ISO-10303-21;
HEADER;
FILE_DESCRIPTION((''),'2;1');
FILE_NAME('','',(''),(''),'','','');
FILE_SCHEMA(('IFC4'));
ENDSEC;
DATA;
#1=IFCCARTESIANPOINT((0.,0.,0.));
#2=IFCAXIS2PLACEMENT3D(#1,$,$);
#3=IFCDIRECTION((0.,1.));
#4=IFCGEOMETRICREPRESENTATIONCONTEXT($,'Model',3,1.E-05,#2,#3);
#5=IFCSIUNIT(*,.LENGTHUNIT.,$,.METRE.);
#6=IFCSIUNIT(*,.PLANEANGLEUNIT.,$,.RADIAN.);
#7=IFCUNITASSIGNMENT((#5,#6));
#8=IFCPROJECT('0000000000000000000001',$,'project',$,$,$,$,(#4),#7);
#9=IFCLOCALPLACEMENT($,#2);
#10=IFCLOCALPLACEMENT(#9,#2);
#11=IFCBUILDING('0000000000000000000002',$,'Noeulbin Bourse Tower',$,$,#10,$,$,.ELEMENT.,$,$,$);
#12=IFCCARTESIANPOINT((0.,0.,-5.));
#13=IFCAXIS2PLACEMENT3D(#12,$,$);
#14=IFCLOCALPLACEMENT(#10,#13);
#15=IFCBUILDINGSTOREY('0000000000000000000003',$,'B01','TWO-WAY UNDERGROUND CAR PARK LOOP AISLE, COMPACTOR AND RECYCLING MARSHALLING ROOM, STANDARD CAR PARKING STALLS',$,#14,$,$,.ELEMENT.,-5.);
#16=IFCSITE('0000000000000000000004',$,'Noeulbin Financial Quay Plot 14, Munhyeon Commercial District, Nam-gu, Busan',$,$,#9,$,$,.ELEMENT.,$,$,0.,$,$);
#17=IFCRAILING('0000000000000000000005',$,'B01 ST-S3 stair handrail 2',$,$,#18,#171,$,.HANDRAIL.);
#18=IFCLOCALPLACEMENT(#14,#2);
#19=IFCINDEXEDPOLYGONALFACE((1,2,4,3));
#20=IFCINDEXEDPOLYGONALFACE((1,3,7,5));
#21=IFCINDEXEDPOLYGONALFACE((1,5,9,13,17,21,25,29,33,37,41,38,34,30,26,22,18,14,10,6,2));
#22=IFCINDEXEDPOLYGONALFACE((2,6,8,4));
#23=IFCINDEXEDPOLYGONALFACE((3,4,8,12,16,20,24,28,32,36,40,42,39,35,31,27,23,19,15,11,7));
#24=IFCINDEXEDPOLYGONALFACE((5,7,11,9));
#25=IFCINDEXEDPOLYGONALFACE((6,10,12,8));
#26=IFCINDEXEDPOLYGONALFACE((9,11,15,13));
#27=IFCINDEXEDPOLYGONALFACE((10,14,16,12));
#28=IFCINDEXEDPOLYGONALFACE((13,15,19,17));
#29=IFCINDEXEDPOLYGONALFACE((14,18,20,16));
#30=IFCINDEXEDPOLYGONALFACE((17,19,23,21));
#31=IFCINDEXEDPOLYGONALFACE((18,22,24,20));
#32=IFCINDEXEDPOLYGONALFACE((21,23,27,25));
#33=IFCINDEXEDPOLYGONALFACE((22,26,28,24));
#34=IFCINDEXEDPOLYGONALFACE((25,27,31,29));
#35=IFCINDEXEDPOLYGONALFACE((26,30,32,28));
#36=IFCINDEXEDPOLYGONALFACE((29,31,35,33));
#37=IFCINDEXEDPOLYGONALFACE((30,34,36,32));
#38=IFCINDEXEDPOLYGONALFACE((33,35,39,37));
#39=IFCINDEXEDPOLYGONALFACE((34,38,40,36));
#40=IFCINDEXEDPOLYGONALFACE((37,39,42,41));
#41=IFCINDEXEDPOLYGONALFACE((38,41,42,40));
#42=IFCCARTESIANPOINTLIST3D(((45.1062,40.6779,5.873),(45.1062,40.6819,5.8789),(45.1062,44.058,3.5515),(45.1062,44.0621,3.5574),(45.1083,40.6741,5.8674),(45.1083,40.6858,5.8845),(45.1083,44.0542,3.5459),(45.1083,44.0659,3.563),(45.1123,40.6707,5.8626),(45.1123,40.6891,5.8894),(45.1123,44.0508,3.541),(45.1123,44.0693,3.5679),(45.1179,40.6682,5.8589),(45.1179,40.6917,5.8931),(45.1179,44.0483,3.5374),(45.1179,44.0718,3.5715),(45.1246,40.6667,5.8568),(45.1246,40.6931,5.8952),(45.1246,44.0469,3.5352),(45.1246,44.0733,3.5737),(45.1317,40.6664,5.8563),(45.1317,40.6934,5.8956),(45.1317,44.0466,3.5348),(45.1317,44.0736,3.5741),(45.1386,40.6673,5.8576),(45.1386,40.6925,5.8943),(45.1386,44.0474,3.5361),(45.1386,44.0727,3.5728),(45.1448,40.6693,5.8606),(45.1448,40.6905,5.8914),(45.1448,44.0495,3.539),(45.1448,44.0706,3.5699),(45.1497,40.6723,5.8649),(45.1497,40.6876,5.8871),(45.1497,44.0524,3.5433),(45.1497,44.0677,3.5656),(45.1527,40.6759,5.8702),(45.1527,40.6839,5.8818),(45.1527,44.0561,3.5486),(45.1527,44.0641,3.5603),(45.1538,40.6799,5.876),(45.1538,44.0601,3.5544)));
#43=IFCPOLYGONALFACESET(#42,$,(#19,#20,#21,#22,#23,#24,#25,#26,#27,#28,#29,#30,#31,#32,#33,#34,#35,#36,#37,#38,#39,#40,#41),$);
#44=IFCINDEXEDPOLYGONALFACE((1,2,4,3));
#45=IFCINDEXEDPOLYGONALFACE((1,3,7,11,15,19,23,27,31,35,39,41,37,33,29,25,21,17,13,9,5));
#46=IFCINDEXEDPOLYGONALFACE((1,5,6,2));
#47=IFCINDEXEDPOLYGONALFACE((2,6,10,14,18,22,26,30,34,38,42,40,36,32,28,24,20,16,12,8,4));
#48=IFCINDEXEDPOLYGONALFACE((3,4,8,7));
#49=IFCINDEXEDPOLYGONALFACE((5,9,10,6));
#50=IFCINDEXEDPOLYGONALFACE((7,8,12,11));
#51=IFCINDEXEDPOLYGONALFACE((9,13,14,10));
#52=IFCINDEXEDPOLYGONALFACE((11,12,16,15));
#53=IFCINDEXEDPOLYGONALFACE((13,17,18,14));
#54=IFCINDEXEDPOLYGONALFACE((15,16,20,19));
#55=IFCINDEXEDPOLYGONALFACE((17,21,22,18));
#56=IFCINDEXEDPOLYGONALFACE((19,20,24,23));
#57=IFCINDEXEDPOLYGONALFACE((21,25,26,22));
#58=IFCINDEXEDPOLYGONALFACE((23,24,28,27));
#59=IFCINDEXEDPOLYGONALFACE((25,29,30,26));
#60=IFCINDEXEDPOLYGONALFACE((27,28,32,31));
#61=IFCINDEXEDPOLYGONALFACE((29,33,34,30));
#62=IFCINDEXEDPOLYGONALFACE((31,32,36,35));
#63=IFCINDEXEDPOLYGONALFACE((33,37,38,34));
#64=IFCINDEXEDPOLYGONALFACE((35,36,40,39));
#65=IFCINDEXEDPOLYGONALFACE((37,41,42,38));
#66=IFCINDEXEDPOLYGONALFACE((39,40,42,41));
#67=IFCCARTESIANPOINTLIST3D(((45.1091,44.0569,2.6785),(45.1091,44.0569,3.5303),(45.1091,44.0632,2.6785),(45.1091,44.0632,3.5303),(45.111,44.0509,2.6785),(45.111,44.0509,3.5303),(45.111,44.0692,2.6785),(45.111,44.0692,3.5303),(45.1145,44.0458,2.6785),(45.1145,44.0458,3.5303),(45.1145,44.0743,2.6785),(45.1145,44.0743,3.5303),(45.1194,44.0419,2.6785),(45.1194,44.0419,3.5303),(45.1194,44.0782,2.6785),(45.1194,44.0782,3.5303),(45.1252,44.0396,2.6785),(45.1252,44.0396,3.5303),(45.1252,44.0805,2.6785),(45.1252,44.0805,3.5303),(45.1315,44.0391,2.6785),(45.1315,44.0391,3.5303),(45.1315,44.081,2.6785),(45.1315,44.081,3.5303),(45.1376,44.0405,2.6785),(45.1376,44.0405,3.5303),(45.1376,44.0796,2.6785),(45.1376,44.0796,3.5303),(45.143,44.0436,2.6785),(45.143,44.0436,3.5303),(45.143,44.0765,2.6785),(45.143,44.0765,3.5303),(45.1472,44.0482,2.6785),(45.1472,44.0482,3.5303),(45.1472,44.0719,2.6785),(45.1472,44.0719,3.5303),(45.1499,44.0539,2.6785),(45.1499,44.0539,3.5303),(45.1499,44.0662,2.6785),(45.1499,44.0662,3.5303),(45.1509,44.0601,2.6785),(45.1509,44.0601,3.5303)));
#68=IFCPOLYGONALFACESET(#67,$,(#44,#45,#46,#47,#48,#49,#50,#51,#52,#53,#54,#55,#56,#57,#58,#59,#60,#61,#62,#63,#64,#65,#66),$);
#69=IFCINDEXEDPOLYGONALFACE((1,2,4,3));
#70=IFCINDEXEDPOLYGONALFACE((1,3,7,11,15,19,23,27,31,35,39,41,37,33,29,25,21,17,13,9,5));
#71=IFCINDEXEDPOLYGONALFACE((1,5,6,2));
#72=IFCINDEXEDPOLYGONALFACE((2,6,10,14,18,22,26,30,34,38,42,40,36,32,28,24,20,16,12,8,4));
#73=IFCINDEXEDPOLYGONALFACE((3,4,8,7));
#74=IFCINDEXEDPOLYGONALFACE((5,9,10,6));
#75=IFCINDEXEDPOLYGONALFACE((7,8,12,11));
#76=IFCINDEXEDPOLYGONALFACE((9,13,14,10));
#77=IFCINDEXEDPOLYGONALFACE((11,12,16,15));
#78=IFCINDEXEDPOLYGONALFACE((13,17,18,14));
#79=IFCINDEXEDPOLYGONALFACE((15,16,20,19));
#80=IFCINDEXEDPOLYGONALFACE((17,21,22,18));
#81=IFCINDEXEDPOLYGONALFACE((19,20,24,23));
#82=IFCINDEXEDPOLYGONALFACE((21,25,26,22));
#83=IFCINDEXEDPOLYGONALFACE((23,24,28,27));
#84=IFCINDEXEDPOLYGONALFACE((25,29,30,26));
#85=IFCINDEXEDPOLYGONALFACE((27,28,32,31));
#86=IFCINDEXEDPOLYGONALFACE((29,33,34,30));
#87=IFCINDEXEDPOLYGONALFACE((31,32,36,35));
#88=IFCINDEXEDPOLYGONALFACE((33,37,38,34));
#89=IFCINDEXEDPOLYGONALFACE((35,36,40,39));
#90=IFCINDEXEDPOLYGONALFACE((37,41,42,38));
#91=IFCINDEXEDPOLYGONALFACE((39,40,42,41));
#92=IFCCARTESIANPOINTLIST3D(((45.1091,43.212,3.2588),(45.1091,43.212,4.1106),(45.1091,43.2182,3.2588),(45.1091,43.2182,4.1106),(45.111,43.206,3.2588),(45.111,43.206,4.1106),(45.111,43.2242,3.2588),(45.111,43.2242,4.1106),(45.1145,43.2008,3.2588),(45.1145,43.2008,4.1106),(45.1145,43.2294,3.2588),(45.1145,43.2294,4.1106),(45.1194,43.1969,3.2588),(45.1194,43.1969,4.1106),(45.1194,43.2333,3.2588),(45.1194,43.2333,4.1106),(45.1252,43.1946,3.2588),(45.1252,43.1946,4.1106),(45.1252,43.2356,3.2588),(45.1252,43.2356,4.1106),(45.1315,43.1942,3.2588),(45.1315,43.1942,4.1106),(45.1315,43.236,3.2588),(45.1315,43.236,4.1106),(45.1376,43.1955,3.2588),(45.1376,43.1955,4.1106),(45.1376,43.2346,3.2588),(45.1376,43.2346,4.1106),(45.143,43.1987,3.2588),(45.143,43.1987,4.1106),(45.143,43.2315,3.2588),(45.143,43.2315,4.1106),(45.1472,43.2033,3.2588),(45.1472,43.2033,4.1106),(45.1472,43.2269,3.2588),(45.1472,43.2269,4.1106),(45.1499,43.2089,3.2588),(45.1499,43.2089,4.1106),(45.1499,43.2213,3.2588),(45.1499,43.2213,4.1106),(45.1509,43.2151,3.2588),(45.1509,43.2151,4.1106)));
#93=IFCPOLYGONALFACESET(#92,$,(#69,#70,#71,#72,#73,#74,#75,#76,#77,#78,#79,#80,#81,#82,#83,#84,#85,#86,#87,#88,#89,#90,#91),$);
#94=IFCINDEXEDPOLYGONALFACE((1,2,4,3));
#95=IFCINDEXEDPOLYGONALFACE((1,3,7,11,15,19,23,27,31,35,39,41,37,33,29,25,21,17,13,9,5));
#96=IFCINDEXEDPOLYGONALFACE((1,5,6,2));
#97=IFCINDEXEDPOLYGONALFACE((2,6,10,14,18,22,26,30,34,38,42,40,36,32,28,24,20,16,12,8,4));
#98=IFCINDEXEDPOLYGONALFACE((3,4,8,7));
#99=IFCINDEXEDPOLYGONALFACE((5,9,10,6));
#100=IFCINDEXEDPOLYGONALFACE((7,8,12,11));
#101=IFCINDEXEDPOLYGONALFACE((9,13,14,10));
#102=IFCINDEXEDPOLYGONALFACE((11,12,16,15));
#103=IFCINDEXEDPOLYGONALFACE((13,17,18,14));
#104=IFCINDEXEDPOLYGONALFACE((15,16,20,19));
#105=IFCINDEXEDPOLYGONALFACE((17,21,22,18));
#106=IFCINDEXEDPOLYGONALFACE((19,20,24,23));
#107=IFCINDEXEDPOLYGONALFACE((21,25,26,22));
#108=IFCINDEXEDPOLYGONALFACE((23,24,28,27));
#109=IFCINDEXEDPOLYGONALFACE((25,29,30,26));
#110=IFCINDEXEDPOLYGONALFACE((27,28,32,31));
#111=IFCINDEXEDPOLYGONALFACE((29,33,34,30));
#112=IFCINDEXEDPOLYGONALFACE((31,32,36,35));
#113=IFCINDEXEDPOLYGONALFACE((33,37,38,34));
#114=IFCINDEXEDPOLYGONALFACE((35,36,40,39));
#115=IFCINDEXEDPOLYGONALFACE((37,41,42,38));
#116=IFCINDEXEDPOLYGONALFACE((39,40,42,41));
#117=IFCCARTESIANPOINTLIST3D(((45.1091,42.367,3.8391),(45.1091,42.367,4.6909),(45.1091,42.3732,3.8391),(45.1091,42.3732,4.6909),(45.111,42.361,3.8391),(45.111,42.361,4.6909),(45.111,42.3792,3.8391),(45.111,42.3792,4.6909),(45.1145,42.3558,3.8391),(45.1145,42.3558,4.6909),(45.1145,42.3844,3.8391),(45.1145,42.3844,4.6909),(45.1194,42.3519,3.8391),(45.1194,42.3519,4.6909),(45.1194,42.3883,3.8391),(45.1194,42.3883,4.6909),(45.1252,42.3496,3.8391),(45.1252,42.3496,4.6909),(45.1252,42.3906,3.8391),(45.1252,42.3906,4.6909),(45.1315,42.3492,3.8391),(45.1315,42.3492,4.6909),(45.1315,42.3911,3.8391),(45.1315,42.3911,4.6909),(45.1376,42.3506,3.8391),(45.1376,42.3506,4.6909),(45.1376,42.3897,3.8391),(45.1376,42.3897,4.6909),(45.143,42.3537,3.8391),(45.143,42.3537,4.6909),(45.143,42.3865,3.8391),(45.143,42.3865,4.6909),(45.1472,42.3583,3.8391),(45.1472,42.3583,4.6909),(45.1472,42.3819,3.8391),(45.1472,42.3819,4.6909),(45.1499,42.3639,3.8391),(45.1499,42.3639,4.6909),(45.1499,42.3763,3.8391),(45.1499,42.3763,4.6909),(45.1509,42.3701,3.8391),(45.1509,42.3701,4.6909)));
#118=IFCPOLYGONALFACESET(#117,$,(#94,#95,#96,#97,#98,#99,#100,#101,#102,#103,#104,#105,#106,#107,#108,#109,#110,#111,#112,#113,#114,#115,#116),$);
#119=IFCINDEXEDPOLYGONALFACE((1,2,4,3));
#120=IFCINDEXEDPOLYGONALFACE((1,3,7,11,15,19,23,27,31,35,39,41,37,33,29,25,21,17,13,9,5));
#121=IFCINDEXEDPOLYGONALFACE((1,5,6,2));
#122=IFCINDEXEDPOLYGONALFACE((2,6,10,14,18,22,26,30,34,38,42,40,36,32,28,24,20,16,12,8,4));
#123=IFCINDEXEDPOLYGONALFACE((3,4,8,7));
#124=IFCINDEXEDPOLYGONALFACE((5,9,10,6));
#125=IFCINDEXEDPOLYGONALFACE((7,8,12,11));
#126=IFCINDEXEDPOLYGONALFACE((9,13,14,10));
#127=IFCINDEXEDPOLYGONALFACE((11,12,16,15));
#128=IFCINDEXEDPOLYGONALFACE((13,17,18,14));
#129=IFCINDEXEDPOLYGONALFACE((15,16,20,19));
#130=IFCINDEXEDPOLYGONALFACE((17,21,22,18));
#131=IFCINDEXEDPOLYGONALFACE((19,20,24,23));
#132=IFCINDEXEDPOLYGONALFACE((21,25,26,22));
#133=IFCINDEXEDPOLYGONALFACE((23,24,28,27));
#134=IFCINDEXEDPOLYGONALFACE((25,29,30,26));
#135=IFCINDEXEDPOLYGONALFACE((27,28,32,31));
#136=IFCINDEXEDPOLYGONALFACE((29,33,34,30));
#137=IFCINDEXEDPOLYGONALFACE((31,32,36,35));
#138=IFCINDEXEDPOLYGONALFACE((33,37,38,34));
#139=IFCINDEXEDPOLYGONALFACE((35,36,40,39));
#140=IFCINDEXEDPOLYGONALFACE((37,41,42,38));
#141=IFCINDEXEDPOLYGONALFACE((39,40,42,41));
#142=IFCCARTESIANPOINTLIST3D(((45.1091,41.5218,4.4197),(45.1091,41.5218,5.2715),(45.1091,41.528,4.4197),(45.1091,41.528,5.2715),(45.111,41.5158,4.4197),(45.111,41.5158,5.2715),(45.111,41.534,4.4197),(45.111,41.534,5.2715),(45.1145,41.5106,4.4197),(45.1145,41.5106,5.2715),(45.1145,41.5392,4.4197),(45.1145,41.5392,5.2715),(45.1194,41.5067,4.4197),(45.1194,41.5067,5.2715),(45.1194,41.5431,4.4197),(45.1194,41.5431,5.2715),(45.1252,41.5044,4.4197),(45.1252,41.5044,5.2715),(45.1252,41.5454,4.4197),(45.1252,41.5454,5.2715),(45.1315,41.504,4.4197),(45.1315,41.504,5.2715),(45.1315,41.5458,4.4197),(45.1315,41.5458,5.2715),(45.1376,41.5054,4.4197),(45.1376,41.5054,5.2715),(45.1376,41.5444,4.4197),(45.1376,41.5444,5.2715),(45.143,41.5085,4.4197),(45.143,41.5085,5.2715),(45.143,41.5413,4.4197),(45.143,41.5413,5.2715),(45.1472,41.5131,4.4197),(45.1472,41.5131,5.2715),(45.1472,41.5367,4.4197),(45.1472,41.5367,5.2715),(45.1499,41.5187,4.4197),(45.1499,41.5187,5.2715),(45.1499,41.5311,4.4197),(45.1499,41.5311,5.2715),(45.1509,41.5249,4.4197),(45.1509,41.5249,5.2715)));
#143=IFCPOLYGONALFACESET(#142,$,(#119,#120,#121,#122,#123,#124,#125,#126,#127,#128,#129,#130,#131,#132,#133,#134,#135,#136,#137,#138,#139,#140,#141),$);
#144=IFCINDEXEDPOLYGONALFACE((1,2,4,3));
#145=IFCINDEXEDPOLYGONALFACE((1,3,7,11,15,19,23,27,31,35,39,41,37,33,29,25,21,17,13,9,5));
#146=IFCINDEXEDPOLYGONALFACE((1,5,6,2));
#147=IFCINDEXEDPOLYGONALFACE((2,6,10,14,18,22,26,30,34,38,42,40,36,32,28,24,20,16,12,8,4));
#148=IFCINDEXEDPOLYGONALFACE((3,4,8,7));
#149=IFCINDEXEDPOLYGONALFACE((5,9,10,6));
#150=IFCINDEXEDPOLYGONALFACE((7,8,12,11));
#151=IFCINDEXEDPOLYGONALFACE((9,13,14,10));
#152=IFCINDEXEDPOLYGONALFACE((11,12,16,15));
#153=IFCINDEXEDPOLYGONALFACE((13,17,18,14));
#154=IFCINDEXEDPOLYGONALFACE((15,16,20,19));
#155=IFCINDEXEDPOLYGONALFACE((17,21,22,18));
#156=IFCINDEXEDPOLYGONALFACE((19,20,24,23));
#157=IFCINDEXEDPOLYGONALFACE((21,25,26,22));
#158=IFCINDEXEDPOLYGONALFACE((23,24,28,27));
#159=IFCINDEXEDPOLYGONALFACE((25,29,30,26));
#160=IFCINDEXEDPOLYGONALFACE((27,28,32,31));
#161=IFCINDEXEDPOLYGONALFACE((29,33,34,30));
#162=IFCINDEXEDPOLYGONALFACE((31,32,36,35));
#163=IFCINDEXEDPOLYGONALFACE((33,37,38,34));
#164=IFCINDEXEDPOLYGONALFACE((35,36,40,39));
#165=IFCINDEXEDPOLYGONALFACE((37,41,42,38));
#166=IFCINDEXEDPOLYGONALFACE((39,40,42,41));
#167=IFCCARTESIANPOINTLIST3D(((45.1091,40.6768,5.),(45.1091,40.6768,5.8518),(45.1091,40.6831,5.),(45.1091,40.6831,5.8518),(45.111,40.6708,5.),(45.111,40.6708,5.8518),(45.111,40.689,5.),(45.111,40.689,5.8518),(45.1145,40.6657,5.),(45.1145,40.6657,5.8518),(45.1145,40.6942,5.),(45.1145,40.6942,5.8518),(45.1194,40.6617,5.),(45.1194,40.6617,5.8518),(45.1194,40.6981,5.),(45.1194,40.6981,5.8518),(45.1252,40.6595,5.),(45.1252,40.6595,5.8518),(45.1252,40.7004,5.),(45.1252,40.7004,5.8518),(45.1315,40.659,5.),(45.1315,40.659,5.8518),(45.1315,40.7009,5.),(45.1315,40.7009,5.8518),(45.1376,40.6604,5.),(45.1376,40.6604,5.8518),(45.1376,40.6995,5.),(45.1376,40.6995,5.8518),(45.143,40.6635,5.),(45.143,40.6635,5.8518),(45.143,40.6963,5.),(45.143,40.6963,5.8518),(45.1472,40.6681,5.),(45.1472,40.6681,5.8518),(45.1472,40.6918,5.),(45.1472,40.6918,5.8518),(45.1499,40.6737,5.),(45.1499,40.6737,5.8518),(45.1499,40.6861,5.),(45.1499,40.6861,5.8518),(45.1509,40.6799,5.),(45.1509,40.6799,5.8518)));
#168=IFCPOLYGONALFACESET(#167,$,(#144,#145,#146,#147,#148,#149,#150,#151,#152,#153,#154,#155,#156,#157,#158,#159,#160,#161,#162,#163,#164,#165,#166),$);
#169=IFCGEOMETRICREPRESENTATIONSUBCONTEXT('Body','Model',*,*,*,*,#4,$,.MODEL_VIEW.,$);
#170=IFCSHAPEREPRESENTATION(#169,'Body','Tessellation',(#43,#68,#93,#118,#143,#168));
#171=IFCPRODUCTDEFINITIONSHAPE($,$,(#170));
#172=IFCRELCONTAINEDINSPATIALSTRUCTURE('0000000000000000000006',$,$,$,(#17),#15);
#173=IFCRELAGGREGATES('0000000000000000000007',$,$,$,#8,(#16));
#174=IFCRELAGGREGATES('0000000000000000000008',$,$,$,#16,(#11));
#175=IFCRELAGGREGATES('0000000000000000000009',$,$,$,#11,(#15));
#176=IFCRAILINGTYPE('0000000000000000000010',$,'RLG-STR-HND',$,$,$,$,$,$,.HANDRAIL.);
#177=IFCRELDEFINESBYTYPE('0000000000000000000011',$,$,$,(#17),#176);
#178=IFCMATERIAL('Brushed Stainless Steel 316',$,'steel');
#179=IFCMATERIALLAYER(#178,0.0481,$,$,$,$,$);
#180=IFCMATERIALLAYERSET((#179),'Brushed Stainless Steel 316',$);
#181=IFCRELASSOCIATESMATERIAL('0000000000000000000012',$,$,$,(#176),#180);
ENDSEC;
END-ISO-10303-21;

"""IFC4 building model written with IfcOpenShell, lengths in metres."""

from ifc_helpers import new_model, si_unit, direction, frame, origin, origin_2d, place, context, subcontext, project, spatial, circle, extrude, material, layer, layer_set, type_object, element, save


model = new_model("IFC4")

# Units and contexts
model_context = context("Model", 3, precision=1e-05, world=origin(), true_north=direction((0.0, 1.0)))
body_context = subcontext(model_context, "Body", "Model", "MODEL_VIEW")
ifc_project = project(units=[si_unit("LENGTHUNIT", "METRE"), si_unit("PLANEANGLEUNIT", "RADIAN")], contexts=[model_context])

# Site, building, storey
site_placement = place(None, origin())
site = spatial("IfcSite", under=ifc_project, at=site_placement, Name="Noeulbin Financial Quay Plot 14, Munhyeon Commercial District, Nam-gu, Busan", CompositionType="ELEMENT", RefElevation=0.0)
building_placement = place(site_placement, origin())
building = spatial("IfcBuilding", under=site, at=building_placement, Name="Noeulbin Bourse Tower", CompositionType="ELEMENT")
storey_placement = place(building_placement, frame((0.0, 0.0, -5.0)))
storey = spatial("IfcBuildingStorey", under=building, at=storey_placement, Name="B01", Description="TWO-WAY UNDERGROUND CAR PARK LOOP AISLE, COMPACTOR AND RECYCLING MARSHALLING ROOM, STANDARD CAR PARKING STALLS", CompositionType="ELEMENT", Elevation=-5.0)

# Railing
ifc_material_1 = material(Name="Brushed Stainless Steel 316", Category="steel")
ifc_layer_1 = layer(ifc_material_1, 0.0481)
ifc_layer_set_1 = layer_set([ifc_layer_1], Name="Brushed Stainless Steel 316")
railing_type_1 = type_object("IfcRailingType", Name="RLG-STR-HND", PredefinedType="HANDRAIL", material=ifc_layer_set_1)
railing_1_placement = place(storey_placement, frame((45.1299, 44.0601, 2.6785)))
element("IfcRailing", 1, at=railing_1_placement, inside=storey, type_object=railing_type_1, Name="B01 ST-S3 stair handrail 2", PredefinedType="HANDRAIL", context=body_context, shape_type="SweptSolid", body=[
    extrude(circle(Radius=0.0239, at=origin_2d()), frame((0.0, 0.0, 0.876), z_axis=(0.0, -0.824304, 0.566147), x_axis=(1.0, 0.0, 0.0)), (0.0, 0.0, 1.0), 4.1006),
    extrude(circle(Radius=0.021, at=origin_2d()), origin(), (0.0, 0.0, 1.0), 0.8518),
    extrude(circle(Radius=0.021, at=origin_2d()), frame((0.0, -0.845, 0.5803)), (0.0, 0.0, 1.0), 0.8518),
    extrude(circle(Radius=0.021, at=origin_2d()), frame((0.0, -1.6899, 1.1606)), (0.0, 0.0, 1.0), 0.8518),
    extrude(circle(Radius=0.021, at=origin_2d()), frame((0.0, -2.5352, 1.7412)), (0.0, 0.0, 1.0), 0.8518),
    extrude(circle(Radius=0.021, at=origin_2d()), frame((0.0, -3.3801, 2.3215)), (0.0, 0.0, 1.0), 0.8518),
])

save(model, "model.ifc")
